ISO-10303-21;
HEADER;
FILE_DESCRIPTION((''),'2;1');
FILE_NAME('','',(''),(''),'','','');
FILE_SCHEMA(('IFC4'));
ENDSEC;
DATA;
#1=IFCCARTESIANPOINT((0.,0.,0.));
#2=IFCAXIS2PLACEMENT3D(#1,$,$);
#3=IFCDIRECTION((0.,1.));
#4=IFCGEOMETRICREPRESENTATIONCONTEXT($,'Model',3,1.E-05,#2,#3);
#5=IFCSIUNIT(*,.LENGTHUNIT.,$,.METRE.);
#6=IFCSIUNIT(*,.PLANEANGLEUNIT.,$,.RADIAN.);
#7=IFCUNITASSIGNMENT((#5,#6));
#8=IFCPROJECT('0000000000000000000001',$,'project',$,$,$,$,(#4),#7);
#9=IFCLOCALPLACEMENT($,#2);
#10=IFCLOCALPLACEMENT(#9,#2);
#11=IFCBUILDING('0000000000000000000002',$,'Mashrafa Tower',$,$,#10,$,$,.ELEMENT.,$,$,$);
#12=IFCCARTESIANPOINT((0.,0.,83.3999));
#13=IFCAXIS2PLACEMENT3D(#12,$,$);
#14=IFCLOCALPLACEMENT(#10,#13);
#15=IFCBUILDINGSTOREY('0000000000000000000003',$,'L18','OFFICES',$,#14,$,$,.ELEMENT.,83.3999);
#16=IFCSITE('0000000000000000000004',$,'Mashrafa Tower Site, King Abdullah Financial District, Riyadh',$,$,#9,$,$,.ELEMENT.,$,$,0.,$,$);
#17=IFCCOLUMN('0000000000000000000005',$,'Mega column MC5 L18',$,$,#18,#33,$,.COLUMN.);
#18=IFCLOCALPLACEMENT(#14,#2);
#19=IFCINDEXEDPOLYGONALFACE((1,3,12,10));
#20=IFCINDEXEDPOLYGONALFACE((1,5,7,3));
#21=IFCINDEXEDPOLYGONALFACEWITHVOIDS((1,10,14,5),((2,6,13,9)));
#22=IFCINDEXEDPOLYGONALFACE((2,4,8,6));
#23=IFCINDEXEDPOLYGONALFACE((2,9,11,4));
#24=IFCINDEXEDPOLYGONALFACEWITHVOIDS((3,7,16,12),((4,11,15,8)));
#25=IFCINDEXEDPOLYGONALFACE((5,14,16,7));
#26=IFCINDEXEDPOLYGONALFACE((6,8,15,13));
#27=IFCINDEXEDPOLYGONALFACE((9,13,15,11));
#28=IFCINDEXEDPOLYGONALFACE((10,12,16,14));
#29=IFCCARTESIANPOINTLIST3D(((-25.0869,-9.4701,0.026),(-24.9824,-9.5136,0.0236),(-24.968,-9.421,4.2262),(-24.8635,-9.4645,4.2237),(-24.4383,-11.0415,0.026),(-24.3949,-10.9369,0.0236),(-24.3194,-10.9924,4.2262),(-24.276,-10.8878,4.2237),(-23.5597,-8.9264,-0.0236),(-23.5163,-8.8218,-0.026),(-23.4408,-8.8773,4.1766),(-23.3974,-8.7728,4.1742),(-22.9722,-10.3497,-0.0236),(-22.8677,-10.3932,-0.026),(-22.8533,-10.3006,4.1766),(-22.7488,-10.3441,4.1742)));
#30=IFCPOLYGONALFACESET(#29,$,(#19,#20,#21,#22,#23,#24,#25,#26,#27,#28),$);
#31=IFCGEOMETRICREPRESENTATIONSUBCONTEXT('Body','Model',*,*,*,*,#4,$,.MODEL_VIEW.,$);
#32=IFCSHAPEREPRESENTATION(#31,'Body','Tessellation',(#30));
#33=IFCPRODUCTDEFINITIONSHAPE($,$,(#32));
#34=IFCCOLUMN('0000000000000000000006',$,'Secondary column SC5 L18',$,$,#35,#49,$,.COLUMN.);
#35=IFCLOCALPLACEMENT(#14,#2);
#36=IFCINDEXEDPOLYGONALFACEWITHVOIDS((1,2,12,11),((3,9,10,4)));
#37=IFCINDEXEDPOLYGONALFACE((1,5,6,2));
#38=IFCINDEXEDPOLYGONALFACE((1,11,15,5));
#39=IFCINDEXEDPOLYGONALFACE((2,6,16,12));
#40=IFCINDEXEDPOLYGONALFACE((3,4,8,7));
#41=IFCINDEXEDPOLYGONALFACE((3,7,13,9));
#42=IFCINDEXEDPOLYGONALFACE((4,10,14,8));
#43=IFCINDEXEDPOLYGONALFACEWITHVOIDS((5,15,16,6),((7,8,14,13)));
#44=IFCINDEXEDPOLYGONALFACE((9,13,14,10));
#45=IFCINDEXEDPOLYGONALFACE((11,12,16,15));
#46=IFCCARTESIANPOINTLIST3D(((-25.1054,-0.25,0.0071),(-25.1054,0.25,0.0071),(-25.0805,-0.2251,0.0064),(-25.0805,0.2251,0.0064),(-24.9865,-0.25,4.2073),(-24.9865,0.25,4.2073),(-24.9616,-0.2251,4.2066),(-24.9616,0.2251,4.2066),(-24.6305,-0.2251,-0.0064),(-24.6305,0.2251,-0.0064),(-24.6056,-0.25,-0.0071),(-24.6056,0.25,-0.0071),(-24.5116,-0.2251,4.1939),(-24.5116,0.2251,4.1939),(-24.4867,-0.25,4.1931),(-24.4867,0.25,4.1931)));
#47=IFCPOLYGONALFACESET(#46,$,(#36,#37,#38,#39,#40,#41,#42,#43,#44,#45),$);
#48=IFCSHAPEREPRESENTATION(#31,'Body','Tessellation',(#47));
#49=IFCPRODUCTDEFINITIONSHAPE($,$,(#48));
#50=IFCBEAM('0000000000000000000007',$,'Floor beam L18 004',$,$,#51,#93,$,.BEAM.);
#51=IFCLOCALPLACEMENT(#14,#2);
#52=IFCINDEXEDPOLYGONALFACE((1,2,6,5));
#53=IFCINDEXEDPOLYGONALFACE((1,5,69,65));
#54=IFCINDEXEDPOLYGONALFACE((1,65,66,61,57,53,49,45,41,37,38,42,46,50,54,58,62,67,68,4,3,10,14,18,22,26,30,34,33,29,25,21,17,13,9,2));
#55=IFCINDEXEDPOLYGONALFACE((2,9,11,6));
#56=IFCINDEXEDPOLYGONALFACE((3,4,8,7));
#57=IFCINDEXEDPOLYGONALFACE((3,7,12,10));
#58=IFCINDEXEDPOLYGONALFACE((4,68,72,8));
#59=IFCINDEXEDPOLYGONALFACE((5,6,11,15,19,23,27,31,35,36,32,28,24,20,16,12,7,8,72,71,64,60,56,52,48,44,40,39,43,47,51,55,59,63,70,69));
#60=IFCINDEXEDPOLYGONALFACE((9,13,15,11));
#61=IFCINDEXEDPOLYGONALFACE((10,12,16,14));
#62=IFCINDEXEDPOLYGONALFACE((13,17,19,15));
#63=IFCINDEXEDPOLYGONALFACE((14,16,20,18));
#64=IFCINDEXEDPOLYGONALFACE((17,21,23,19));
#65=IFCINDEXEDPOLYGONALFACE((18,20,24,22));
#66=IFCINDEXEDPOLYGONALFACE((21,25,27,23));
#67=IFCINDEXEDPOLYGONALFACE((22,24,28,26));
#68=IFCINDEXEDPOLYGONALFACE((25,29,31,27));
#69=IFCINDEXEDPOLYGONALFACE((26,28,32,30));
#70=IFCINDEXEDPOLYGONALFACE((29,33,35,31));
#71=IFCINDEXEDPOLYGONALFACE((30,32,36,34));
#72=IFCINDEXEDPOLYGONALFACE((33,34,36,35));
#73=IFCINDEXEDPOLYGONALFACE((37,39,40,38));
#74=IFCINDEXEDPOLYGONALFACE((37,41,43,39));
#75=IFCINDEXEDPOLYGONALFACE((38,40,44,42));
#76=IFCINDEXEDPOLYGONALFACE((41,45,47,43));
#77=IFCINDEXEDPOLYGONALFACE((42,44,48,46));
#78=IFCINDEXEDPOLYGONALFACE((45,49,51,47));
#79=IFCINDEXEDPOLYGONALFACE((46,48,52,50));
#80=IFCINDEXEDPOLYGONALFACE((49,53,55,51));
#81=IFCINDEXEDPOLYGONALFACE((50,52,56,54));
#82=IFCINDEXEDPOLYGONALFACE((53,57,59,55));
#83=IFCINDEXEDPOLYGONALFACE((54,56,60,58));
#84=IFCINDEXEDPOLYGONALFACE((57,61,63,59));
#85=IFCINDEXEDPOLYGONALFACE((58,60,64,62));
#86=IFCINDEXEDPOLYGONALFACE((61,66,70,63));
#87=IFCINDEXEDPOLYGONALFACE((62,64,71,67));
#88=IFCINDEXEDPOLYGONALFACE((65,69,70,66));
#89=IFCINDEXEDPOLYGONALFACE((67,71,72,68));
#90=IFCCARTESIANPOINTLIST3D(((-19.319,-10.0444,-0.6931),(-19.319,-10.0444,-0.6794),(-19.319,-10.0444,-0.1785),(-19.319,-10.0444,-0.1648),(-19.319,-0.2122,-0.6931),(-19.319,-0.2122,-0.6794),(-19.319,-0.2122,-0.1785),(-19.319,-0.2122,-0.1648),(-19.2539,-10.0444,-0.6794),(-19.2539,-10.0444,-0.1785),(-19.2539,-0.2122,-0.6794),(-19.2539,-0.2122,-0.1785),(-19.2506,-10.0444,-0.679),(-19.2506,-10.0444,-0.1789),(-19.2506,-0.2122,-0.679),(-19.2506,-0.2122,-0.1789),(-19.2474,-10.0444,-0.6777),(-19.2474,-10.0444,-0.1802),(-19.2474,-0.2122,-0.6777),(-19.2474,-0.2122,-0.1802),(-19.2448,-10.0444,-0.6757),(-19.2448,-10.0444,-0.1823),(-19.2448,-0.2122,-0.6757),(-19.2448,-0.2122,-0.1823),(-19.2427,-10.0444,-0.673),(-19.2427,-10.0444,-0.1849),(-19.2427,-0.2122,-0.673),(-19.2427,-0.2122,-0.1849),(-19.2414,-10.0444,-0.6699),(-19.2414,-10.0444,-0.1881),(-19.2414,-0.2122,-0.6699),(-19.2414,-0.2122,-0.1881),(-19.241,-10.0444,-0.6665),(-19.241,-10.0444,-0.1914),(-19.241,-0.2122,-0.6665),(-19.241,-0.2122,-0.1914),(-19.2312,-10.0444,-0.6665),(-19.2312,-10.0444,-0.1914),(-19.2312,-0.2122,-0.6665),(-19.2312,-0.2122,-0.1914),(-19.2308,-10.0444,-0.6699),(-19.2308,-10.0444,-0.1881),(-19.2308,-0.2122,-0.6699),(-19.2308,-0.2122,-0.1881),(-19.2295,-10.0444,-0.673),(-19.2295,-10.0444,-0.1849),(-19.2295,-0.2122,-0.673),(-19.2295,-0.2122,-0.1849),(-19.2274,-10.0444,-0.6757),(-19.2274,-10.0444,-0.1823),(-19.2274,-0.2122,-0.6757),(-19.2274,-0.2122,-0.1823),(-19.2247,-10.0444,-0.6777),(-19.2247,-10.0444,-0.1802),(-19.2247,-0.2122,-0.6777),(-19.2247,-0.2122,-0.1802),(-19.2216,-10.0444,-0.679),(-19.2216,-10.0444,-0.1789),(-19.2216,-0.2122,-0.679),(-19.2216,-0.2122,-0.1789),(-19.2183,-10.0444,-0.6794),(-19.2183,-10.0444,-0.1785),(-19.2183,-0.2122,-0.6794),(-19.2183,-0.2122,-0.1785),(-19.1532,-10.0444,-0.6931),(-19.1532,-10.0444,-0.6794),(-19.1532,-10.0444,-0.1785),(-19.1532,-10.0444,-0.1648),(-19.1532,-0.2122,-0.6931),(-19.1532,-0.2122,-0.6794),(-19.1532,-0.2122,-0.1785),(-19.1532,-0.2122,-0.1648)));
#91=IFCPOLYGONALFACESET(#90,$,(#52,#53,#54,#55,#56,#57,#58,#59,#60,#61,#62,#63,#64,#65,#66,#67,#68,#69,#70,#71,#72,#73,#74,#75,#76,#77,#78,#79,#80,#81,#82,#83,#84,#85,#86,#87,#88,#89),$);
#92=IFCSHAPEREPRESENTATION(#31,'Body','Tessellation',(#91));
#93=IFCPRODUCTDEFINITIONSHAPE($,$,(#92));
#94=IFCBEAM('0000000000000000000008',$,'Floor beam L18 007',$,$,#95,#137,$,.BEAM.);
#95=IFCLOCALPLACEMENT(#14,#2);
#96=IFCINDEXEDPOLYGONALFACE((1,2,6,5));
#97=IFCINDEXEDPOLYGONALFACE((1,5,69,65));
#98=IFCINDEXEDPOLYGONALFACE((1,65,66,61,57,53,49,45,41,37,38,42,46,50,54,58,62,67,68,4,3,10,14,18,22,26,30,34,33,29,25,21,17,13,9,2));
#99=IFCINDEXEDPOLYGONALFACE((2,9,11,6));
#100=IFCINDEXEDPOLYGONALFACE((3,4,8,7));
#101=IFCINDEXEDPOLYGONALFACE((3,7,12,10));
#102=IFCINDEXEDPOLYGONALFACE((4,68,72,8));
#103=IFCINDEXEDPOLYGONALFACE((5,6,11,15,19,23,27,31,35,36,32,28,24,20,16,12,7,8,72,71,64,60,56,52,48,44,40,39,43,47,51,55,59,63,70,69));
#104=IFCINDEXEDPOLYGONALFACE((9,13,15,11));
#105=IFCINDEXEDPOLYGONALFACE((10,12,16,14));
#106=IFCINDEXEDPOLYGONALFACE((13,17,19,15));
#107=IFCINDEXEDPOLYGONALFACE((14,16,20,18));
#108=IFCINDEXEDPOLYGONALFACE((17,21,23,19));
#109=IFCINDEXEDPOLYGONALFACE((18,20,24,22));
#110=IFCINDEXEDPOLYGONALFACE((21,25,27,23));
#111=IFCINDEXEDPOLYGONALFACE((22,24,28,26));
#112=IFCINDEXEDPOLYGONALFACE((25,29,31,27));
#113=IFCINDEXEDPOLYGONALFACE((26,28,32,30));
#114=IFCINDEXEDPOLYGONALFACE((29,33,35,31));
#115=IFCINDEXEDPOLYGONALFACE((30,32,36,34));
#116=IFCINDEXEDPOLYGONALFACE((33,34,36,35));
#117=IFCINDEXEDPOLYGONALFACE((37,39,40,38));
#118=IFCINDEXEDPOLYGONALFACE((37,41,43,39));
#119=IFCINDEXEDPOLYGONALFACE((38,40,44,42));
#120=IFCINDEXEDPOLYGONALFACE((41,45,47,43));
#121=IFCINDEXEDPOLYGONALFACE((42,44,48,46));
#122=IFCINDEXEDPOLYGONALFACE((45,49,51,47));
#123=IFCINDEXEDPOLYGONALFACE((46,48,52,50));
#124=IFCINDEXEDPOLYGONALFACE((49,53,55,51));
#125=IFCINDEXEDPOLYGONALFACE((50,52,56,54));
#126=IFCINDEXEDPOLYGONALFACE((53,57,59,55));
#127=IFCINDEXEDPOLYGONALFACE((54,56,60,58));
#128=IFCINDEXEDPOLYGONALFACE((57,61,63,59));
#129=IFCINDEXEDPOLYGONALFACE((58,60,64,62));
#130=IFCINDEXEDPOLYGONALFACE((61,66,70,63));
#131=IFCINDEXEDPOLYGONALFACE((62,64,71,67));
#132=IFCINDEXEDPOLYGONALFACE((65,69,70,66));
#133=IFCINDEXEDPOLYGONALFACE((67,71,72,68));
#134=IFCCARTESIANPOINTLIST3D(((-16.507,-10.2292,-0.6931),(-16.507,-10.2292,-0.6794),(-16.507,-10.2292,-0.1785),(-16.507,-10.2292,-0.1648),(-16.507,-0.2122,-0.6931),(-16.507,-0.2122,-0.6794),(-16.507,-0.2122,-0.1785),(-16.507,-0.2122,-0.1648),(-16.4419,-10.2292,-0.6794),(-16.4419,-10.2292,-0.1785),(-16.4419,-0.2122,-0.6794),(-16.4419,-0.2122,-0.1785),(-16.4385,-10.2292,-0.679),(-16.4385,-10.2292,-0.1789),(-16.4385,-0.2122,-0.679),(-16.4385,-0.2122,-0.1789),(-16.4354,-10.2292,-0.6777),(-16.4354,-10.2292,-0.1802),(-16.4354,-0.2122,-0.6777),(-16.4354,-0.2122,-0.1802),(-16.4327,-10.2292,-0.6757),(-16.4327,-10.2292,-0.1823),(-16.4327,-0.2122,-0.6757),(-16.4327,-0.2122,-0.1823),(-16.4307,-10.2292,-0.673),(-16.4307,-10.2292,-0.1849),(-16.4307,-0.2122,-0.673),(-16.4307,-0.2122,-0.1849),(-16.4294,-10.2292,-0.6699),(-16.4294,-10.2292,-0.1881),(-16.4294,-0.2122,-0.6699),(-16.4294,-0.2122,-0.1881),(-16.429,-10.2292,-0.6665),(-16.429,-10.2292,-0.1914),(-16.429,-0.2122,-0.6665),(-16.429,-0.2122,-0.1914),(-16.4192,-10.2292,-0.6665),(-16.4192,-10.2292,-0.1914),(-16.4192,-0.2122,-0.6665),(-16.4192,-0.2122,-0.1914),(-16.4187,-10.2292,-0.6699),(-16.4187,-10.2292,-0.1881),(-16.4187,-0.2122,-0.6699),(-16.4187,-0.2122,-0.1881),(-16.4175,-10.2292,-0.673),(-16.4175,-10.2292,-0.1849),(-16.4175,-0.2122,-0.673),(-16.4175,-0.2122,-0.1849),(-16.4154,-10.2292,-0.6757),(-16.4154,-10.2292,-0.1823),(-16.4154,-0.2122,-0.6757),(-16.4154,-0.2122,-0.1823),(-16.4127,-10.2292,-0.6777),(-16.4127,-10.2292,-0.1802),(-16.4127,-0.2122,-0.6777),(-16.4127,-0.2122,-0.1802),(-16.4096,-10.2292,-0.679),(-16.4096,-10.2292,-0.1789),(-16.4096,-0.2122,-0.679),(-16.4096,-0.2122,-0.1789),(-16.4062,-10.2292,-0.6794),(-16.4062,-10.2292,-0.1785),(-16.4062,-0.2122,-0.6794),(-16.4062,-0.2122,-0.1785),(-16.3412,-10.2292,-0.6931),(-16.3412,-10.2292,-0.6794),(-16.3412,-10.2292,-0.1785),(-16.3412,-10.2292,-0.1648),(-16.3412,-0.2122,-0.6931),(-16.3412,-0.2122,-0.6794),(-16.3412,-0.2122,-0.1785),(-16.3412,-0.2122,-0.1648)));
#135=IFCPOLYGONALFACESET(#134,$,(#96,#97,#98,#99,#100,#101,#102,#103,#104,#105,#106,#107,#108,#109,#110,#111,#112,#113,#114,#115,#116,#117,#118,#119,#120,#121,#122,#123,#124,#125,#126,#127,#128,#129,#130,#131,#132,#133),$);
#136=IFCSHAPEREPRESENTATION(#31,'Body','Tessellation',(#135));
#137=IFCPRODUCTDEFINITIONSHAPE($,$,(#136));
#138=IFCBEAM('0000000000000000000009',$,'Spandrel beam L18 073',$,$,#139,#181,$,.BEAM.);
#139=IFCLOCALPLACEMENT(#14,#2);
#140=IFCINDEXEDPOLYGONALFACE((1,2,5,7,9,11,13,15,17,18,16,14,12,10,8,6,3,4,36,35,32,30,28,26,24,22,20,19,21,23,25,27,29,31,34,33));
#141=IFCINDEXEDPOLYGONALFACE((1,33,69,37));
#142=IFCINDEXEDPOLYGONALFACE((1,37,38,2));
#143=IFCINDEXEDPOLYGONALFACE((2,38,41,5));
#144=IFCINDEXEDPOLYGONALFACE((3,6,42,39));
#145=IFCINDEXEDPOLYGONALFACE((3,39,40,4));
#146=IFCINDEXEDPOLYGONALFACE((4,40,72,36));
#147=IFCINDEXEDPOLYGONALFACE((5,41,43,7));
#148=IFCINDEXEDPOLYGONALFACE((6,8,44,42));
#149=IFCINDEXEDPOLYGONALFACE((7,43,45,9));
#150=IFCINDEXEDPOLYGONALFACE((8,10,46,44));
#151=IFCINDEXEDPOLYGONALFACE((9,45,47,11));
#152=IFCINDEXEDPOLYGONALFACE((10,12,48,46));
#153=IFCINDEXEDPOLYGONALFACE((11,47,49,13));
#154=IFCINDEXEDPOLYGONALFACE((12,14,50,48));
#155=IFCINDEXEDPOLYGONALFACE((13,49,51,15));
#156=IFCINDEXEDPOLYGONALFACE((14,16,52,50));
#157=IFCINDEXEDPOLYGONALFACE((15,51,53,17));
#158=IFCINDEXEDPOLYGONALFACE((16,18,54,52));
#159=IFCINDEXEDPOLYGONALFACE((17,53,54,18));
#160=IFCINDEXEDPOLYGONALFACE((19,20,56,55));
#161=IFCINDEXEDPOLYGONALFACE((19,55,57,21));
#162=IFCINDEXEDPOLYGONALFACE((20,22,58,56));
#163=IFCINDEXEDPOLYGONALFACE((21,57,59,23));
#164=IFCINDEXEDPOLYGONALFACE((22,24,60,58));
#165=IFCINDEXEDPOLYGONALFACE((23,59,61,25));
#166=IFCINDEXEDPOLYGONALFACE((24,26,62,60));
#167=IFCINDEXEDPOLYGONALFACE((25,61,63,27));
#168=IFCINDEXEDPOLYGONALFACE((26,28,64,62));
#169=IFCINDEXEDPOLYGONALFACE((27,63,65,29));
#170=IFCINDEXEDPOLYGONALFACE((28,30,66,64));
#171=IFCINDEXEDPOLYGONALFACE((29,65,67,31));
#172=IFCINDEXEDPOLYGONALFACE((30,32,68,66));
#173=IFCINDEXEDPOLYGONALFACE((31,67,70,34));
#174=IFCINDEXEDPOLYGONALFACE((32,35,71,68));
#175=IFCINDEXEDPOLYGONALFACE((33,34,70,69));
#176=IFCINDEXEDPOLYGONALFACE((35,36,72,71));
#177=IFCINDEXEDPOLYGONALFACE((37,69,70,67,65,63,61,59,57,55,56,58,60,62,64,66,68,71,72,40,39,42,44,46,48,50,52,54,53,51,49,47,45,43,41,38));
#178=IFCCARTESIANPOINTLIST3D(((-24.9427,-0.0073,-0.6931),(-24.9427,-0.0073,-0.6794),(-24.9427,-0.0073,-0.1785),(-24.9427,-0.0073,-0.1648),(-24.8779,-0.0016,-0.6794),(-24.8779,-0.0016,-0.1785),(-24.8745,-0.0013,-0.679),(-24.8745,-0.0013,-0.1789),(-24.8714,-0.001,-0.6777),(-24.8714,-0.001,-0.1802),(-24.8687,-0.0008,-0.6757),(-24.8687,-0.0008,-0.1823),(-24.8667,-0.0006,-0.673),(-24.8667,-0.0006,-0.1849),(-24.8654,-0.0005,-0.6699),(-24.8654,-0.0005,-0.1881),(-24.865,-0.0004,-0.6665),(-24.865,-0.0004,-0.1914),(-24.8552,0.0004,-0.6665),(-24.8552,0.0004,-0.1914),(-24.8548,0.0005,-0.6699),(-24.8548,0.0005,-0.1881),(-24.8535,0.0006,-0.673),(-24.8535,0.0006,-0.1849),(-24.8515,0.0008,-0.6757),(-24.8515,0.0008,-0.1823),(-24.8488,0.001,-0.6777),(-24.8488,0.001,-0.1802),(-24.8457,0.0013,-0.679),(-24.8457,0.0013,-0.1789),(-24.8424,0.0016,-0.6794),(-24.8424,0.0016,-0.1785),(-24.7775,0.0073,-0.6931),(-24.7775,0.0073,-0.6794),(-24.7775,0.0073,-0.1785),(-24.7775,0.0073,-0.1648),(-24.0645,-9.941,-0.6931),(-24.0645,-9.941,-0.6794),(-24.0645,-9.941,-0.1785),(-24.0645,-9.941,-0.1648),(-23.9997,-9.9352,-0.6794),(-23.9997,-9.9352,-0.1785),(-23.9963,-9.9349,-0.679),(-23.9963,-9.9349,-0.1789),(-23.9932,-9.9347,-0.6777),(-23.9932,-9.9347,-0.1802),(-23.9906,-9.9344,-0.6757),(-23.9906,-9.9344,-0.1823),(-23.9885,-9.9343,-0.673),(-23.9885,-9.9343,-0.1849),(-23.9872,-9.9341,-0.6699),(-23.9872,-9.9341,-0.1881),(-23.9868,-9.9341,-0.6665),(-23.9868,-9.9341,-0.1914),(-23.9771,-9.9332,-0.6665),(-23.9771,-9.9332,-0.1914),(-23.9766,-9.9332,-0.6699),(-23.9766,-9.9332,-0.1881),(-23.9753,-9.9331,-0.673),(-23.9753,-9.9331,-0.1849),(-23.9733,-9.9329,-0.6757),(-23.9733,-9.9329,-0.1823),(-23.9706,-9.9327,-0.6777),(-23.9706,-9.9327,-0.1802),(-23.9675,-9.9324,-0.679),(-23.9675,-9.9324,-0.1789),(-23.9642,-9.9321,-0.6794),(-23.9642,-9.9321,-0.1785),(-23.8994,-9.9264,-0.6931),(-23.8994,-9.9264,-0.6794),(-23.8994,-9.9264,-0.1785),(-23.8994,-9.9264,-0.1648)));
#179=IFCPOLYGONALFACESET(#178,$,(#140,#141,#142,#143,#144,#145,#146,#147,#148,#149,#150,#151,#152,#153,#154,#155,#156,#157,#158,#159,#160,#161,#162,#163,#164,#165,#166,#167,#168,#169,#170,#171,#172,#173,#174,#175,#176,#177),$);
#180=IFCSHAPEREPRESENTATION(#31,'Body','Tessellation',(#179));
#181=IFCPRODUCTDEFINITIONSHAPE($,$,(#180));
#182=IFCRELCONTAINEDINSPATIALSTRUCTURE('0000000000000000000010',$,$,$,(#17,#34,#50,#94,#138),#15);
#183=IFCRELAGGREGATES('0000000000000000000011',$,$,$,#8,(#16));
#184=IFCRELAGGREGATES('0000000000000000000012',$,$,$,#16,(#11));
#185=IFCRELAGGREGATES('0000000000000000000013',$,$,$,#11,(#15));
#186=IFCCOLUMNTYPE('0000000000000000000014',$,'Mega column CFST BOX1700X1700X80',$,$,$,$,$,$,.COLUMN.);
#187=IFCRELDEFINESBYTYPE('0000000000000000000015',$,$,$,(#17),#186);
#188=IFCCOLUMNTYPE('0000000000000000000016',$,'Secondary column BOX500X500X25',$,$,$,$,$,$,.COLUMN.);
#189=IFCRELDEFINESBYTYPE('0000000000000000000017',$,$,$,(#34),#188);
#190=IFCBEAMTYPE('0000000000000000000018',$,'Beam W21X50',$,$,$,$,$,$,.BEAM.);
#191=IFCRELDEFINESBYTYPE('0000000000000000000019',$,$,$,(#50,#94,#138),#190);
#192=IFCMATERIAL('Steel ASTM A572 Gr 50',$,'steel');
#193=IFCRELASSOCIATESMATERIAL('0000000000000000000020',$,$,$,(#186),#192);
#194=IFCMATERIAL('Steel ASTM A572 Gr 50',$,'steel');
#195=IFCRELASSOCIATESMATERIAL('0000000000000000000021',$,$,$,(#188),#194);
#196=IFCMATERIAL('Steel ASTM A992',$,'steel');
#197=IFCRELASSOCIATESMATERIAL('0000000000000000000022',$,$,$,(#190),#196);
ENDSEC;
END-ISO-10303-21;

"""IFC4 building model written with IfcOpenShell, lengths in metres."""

from ifc_helpers import new_model, si_unit, direction, frame, origin, origin_2d, place, context, subcontext, project, spatial, hollow_rectangle, i_section, extrude, material, material_profile, profile_set, type_object, element, save


model = new_model("IFC4")

# Units and contexts
model_context = context("Model", 3, precision=1e-05, world=origin(), true_north=direction((0.0, 1.0)))
body_context = subcontext(model_context, "Body", "Model", "MODEL_VIEW")
ifc_project = project(units=[si_unit("LENGTHUNIT", "METRE"), si_unit("PLANEANGLEUNIT", "RADIAN")], contexts=[model_context])

# Site, building, storey
site_placement = place(None, origin())
site = spatial("IfcSite", under=ifc_project, at=site_placement, Name="Mashrafa Tower Site, King Abdullah Financial District, Riyadh", CompositionType="ELEMENT", RefElevation=0.0)
building_placement = place(site_placement, origin())
building = spatial("IfcBuilding", under=site, at=building_placement, Name="Mashrafa Tower", CompositionType="ELEMENT")
storey_placement = place(building_placement, frame((0.0, 0.0, 83.3999)))
storey = spatial("IfcBuildingStorey", under=building, at=storey_placement, Name="L18", Description="OFFICES", CompositionType="ELEMENT", Elevation=83.3999)

# Columns
ifc_material_1 = material(Name="Steel ASTM A572 Gr 50", Category="steel")
ifc_material_profile_1 = material_profile(ifc_material_1, hollow_rectangle(XDim=1.7, YDim=1.7, WallThickness=0.0801, at=origin_2d()), Name="BOX1700X1700X80")
ifc_profile_set_1 = profile_set([ifc_material_profile_1], Name="Steel ASTM A572 Gr 50")
column_type_1 = type_object("IfcColumnType", Name="Mega column CFST BOX1700X1700X80", PredefinedType="COLUMN", material=ifc_profile_set_1)
column_1_placement = place(storey_placement, frame((-23.9773, -9.9316, 0.0), z_axis=(0.028294, 0.011678, 0.999531), x_axis=(-0.381513, 0.924363, 0.0)))
element("IfcColumn", 1, at=column_1_placement, inside=storey, type_object=column_type_1, Name="Mega column MC5 L18", PredefinedType="COLUMN", context=body_context, shape_type="SweptSolid", body=[
    extrude(hollow_rectangle(XDim=1.7, YDim=1.7, WallThickness=0.0801, at=origin_2d()), origin(), (0.0, 0.0, 1.0), 4.2021),
])
ifc_material_2 = material(Name="Steel ASTM A572 Gr 50", Category="steel")
ifc_material_profile_2 = material_profile(ifc_material_2, hollow_rectangle(XDim=0.5, YDim=0.5, WallThickness=0.0249, at=origin_2d()), Name="BOX500X500X25")
ifc_profile_set_2 = profile_set([ifc_material_profile_2], Name="Steel ASTM A572 Gr 50")
column_type_2 = type_object("IfcColumnType", Name="Secondary column BOX500X500X25", PredefinedType="COLUMN", material=ifc_profile_set_2)
column_2_placement = place(storey_placement, frame((-24.8555, 0.0, 0.0), z_axis=(0.028296, 0.0, 0.9996), x_axis=(0.0, 1.0, 0.0)))
element("IfcColumn", 2, at=column_2_placement, inside=storey, type_object=column_type_2, Name="Secondary column SC5 L18", PredefinedType="COLUMN", context=body_context, shape_type="SweptSolid", body=[
    extrude(hollow_rectangle(XDim=0.5, YDim=0.5, WallThickness=0.0249, at=origin_2d()), origin(), (0.0, 0.0, 1.0), 4.2019),
])

# Beams
ifc_material_3 = material(Name="Steel ASTM A992", Category="steel")
ifc_material_profile_3 = material_profile(ifc_material_3, i_section(OverallWidth=0.1658, OverallDepth=0.5283, WebThickness=0.0098, FlangeThickness=0.0137, FilletRadius=0.0129, at=origin_2d()), Name="W21X50")
ifc_profile_set_3 = profile_set([ifc_material_profile_3], Name="Steel ASTM A992")
beam_type_1 = type_object("IfcBeamType", Name="Beam W21X50", PredefinedType="BEAM", material=ifc_profile_set_3)
beam_1_placement = place(storey_placement, frame((-19.2361, -10.0444, -0.429), z_axis=(0.0, 1.0, 0.0), x_axis=(-1.0, 0.0, 0.0)))
element("IfcBeam", 3, at=beam_1_placement, inside=storey, type_object=beam_type_1, Name="Floor beam L18 004", PredefinedType="BEAM", context=body_context, shape_type="SweptSolid", body=[
    extrude(i_section(OverallWidth=0.1658, OverallDepth=0.5283, WebThickness=0.0098, FlangeThickness=0.0137, FilletRadius=0.0129, at=origin_2d()), origin(), (0.0, 0.0, 1.0), 9.8323),
])
beam_2_placement = place(storey_placement, frame((-16.4241, -10.2292, -0.429), z_axis=(0.0, 1.0, 0.0), x_axis=(-1.0, 0.0, 0.0)))
element("IfcBeam", 4, at=beam_2_placement, inside=storey, type_object=beam_type_1, Name="Floor beam L18 007", PredefinedType="BEAM", context=body_context, shape_type="SweptSolid", body=[
    extrude(i_section(OverallWidth=0.1658, OverallDepth=0.5283, WebThickness=0.0098, FlangeThickness=0.0137, FilletRadius=0.0129, at=origin_2d()), origin(), (0.0, 0.0, 1.0), 10.0171),
])
for number, where, z_axis, x_axis, name in (
    (5, (-24.8601, 0.0, -0.429), (0.088061, -0.996115, 0.0), (0.996115, 0.088061, 0.0), "Spandrel beam L18 073"),
):
    element("IfcBeam", number, at=place(storey_placement, frame(where, z_axis=z_axis, x_axis=x_axis)), inside=storey, type_object=beam_type_1, Name=name, PredefinedType="BEAM", context=body_context, shape_type="SweptSolid", body=[
        extrude(i_section(OverallWidth=0.1658, OverallDepth=0.5283, WebThickness=0.0098, FlangeThickness=0.0137, FilletRadius=0.0129, at=origin_2d()), origin(), (0.0, 0.0, 1.0), 9.9724),
    ])

save(model, "model.ifc")
